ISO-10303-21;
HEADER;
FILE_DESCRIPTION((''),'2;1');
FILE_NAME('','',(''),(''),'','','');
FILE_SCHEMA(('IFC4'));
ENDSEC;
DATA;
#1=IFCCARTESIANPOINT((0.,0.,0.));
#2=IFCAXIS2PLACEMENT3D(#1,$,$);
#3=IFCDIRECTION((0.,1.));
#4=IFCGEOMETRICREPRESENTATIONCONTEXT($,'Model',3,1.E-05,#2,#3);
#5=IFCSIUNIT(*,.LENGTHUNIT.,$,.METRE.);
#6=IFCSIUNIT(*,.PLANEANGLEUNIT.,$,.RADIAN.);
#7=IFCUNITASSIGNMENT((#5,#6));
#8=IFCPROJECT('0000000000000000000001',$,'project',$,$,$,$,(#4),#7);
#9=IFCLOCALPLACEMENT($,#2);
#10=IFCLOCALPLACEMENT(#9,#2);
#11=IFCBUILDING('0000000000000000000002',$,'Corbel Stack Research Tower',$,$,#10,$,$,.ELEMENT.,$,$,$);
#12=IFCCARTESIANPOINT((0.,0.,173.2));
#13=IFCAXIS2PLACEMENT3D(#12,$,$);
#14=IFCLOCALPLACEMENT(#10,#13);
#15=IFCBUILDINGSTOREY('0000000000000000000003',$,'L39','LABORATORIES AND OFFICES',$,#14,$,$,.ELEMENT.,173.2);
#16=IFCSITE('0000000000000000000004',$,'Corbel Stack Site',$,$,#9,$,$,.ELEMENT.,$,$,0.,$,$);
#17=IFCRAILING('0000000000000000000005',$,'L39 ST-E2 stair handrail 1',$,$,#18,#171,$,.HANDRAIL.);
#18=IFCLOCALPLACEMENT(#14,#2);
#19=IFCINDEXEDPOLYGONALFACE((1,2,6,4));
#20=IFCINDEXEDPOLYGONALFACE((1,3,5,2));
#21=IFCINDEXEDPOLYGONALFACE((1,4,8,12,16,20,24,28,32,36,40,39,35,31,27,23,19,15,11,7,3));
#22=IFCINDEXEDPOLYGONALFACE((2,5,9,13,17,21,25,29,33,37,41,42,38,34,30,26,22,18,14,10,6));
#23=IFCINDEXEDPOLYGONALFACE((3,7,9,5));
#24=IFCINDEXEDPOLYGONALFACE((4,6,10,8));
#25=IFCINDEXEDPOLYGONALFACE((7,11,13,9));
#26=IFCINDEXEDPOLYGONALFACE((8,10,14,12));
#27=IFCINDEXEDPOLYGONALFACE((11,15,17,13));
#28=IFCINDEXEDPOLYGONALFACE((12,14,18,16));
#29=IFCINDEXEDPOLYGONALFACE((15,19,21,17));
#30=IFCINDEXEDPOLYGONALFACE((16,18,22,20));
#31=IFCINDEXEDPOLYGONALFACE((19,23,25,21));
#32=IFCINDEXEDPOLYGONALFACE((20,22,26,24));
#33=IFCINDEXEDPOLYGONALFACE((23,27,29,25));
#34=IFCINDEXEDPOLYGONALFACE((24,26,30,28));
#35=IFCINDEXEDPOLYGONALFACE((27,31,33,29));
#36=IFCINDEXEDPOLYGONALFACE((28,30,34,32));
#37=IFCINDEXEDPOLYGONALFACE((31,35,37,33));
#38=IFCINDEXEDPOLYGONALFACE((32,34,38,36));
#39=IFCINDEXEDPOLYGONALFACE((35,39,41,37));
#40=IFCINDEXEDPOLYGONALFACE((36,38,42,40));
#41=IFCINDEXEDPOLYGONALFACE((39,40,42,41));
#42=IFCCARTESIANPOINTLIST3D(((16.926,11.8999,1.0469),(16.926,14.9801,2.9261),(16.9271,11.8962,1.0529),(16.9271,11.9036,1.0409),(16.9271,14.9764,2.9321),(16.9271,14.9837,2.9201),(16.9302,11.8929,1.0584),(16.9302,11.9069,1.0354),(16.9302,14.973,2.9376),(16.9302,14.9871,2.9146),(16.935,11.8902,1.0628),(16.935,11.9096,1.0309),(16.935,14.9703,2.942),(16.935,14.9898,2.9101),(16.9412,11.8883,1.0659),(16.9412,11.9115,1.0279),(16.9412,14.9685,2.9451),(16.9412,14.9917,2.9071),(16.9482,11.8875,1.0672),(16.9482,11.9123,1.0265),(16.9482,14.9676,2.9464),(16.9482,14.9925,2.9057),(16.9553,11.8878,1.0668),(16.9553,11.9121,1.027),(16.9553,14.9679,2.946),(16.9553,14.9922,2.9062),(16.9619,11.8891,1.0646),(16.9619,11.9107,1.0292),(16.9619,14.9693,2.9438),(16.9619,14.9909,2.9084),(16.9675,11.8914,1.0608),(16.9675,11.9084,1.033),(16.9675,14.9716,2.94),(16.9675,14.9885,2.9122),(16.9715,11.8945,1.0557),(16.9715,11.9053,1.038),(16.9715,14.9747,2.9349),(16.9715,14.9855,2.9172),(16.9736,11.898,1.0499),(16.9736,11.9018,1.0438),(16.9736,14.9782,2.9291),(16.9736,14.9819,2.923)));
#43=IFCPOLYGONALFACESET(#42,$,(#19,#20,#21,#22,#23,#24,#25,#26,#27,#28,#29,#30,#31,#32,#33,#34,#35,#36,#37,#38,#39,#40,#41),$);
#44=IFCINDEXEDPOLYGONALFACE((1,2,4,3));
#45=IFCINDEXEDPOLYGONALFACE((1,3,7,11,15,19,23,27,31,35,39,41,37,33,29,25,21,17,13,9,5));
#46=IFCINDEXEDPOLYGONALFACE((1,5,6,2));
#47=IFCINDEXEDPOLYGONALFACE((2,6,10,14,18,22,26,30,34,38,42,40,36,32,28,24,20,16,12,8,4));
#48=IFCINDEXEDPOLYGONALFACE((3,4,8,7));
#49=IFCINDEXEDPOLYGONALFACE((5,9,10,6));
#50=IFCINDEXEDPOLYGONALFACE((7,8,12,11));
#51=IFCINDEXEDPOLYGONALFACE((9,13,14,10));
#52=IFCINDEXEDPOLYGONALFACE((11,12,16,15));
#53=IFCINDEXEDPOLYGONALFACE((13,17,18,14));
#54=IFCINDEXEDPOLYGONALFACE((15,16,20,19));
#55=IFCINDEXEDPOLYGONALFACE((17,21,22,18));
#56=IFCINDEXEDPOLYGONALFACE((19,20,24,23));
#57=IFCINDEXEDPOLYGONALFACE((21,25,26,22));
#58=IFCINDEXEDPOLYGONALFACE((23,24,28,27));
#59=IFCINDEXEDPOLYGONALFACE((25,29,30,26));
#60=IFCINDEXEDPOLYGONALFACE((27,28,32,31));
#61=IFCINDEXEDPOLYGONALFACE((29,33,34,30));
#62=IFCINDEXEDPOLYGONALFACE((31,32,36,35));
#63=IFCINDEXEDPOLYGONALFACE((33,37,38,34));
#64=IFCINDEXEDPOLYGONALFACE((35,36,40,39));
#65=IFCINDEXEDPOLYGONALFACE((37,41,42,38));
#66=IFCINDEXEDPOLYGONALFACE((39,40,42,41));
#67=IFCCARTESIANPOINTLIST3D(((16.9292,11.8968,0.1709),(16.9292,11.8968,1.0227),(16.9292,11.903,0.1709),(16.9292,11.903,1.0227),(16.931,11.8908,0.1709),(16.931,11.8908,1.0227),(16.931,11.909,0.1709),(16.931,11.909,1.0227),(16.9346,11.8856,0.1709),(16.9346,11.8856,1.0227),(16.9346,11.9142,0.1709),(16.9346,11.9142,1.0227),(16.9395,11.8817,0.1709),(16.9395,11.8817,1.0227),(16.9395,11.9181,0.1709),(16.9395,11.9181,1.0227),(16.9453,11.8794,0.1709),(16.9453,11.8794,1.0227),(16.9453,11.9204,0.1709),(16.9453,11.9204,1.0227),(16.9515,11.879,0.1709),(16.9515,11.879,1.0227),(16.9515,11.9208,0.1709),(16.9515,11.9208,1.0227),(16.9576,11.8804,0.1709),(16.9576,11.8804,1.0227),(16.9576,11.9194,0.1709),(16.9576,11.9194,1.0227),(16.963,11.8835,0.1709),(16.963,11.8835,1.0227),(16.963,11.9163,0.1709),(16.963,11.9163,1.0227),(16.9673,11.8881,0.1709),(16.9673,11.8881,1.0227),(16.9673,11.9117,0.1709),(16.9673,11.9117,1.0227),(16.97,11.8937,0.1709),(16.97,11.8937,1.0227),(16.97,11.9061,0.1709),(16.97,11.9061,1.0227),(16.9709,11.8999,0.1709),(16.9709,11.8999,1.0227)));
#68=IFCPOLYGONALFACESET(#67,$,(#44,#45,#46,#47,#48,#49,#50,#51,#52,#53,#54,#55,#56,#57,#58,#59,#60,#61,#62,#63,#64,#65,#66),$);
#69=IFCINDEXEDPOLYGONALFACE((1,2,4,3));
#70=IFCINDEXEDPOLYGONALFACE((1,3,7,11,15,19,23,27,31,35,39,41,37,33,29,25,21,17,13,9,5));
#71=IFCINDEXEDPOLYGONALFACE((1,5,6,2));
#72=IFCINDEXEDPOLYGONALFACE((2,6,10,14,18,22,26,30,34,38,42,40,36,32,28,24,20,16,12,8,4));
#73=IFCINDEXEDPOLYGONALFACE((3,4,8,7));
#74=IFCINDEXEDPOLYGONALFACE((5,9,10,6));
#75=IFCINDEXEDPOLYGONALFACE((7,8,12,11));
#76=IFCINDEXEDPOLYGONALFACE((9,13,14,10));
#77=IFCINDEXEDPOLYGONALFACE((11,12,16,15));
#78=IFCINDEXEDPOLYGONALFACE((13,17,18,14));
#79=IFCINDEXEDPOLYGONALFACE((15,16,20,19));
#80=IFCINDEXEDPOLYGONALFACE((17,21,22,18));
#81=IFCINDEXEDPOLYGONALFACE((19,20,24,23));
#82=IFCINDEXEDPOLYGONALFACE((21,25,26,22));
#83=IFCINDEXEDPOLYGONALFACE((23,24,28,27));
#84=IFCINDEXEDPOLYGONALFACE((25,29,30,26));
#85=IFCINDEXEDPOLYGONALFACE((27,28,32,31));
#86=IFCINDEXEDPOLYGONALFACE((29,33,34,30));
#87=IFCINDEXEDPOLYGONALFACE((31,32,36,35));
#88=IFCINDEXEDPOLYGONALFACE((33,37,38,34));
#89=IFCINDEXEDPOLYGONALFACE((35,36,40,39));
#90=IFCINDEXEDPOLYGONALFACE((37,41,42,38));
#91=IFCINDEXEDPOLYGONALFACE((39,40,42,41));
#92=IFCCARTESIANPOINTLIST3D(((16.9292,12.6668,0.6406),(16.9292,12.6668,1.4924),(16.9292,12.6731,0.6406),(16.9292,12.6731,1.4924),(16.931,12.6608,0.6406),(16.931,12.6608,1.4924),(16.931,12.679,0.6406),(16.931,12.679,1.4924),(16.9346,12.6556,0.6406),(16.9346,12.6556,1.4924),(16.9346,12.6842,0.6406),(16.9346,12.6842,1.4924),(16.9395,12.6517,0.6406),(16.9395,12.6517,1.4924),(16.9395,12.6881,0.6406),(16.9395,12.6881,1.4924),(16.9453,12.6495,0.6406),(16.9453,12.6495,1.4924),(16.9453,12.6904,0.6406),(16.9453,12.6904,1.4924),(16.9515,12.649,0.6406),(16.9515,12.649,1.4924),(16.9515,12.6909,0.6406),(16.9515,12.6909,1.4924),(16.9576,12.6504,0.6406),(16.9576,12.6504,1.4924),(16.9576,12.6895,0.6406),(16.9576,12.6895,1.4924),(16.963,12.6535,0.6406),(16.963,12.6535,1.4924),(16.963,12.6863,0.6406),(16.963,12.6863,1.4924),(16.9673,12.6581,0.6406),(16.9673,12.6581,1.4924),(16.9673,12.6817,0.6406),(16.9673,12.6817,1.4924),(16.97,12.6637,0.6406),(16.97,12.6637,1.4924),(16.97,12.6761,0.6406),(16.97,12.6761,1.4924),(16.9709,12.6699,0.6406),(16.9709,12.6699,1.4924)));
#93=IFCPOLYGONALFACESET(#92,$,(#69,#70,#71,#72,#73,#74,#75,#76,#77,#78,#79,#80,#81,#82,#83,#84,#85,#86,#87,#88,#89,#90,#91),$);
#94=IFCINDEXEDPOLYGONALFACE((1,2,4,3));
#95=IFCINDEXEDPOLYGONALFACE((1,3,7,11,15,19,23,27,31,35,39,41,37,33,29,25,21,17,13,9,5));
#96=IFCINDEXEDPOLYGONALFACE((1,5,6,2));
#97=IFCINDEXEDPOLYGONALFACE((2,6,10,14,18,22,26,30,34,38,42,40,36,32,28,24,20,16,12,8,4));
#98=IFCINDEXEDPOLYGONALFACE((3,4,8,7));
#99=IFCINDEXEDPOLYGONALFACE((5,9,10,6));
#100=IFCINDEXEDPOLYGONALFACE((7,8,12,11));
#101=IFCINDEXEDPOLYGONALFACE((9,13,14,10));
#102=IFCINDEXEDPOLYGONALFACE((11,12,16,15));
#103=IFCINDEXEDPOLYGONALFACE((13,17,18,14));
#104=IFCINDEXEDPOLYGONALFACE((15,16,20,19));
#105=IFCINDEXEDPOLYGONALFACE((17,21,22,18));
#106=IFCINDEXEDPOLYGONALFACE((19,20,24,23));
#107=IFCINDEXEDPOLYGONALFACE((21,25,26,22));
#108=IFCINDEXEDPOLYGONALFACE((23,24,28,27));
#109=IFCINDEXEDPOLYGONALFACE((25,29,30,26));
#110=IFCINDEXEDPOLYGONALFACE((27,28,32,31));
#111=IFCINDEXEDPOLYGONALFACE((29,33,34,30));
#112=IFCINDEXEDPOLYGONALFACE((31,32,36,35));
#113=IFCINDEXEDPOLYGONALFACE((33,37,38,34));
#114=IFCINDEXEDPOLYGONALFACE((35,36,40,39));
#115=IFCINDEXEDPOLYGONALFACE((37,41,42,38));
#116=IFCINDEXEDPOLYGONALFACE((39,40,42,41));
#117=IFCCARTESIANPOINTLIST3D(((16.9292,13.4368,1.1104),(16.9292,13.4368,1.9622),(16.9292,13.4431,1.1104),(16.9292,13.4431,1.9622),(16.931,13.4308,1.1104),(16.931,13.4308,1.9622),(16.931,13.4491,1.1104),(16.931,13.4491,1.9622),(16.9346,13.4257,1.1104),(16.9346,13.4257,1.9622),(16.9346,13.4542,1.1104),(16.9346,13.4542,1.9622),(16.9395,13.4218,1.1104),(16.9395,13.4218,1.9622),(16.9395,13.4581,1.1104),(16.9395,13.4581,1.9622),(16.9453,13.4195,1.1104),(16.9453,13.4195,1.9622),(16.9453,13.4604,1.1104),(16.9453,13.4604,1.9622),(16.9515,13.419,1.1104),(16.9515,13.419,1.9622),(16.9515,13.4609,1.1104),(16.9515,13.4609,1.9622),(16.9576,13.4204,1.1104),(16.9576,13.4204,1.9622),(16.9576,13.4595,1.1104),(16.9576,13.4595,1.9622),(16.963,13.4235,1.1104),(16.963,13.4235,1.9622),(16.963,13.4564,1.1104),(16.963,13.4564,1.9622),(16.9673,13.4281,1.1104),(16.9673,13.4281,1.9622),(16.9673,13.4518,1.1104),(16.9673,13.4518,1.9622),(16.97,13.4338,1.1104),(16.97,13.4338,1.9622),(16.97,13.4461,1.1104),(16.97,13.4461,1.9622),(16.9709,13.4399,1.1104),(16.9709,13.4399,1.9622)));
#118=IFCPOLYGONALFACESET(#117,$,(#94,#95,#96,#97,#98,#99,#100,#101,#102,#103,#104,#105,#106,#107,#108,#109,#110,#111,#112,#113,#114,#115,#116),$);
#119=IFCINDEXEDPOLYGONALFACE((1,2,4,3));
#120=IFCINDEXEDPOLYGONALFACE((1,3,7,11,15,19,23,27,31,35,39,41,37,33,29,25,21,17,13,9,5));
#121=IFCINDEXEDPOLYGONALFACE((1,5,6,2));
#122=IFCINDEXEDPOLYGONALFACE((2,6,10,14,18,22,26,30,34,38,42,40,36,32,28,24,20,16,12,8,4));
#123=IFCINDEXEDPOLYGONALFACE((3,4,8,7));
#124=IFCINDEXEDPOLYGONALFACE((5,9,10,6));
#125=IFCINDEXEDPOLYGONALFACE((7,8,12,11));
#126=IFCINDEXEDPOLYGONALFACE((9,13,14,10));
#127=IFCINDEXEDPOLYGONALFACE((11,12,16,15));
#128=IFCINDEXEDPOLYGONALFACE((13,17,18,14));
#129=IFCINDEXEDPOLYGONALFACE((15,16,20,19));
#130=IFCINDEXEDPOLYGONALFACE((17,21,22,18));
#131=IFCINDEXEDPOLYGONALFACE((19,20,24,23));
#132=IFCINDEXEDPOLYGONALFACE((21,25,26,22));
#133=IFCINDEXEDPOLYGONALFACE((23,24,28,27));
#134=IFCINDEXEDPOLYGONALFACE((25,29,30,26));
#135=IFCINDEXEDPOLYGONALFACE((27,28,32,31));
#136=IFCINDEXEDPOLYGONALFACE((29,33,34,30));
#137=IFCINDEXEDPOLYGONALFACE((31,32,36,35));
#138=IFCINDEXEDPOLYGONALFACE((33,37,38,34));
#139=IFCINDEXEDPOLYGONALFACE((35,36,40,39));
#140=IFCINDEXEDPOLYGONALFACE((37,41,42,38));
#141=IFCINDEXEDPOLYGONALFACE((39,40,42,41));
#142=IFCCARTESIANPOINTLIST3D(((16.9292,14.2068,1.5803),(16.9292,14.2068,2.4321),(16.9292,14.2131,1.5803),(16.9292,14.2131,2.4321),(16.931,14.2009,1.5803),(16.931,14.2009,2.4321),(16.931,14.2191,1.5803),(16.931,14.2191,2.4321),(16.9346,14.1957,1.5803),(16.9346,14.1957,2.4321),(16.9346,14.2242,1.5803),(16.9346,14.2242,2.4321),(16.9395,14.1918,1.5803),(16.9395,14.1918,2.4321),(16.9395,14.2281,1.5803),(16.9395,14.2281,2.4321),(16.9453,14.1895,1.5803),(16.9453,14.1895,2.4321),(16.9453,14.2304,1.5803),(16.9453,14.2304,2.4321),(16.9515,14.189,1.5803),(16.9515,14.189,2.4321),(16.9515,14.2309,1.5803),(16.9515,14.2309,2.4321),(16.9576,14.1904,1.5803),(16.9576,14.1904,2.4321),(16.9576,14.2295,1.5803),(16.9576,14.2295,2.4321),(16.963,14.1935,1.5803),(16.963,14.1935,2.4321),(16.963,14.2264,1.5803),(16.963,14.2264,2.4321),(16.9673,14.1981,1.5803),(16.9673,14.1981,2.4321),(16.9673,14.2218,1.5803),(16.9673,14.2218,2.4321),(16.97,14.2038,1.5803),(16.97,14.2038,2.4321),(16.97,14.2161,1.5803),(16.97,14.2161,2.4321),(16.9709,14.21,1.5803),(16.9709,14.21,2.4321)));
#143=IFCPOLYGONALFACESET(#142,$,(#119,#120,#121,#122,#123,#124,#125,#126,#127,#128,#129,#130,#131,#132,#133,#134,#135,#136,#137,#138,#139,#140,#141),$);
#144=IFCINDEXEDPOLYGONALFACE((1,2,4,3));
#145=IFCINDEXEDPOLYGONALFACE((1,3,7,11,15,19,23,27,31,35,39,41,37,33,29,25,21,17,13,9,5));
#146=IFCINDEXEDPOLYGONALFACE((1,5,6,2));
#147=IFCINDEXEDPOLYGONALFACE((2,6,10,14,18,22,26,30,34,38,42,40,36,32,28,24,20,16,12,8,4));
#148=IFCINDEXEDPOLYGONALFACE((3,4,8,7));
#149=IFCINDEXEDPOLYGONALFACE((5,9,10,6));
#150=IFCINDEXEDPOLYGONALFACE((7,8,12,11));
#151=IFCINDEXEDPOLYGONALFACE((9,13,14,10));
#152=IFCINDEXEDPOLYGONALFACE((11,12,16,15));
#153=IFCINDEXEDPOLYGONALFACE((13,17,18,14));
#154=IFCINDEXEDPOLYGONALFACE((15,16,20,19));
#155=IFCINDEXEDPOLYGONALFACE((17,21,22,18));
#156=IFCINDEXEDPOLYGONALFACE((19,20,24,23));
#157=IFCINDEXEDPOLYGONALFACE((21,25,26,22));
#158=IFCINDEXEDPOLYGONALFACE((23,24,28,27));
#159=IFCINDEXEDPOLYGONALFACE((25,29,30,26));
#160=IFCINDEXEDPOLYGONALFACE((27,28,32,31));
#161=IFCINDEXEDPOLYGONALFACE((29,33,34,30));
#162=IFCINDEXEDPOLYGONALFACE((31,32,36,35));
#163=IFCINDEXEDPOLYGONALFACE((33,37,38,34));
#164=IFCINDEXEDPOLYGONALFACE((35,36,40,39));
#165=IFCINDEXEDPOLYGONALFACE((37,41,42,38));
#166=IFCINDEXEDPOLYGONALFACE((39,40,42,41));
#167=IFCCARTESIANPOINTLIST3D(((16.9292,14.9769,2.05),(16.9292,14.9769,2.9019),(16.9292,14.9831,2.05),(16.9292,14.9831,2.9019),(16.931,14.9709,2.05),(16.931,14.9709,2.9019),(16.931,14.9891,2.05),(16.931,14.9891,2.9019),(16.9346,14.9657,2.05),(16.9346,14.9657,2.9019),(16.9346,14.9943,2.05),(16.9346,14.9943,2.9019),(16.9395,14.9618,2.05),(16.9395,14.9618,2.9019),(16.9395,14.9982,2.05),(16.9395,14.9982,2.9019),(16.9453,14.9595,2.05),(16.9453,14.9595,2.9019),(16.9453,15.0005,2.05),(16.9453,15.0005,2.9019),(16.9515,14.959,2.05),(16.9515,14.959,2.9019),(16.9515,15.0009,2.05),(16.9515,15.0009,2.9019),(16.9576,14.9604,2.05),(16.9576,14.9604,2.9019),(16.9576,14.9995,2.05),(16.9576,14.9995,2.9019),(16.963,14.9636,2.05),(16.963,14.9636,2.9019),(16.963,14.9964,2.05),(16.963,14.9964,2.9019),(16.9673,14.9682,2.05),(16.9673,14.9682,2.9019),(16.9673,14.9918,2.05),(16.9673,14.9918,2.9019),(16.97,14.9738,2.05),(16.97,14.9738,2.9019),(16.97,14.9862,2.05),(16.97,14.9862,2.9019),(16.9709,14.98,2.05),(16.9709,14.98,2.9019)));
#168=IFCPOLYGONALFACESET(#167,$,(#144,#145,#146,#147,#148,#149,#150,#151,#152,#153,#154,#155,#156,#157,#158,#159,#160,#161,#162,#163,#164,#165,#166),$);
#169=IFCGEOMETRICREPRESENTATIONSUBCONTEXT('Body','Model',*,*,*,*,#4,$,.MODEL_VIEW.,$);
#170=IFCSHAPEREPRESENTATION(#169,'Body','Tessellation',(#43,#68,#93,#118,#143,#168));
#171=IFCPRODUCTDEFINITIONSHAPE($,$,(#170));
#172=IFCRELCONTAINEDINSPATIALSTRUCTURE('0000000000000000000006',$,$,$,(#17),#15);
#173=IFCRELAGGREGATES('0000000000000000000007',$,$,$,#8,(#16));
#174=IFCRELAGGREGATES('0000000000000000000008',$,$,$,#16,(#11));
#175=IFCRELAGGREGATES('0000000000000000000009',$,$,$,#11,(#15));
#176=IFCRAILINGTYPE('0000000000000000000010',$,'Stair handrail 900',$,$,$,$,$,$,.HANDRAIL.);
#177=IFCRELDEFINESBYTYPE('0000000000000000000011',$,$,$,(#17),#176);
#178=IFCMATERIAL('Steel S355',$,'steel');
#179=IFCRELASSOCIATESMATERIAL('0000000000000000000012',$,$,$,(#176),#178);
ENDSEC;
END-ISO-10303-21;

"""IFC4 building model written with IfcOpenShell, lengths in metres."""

from ifc_helpers import new_model, si_unit, direction, frame, origin, origin_2d, place, context, subcontext, project, spatial, circle, extrude, material, type_object, element, save


model = new_model("IFC4")

# Units and contexts
model_context = context("Model", 3, precision=1e-05, world=origin(), true_north=direction((0.0, 1.0)))
body_context = subcontext(model_context, "Body", "Model", "MODEL_VIEW")
ifc_project = project(units=[si_unit("LENGTHUNIT", "METRE"), si_unit("PLANEANGLEUNIT", "RADIAN")], contexts=[model_context])

# Site, building, storey
site_placement = place(None, origin())
site = spatial("IfcSite", under=ifc_project, at=site_placement, Name="Corbel Stack Site", CompositionType="ELEMENT", RefElevation=0.0)
building_placement = place(site_placement, origin())
building = spatial("IfcBuilding", under=site, at=building_placement, Name="Corbel Stack Research Tower", CompositionType="ELEMENT")
storey_placement = place(building_placement, frame((0.0, 0.0, 173.2)))
storey = spatial("IfcBuildingStorey", under=building, at=storey_placement, Name="L39", Description="LABORATORIES AND OFFICES", CompositionType="ELEMENT", Elevation=173.2)

# Railing
ifc_material_1 = material(Name="Steel S355", Category="steel")
railing_type_1 = type_object("IfcRailingType", Name="Stair handrail 900", PredefinedType="HANDRAIL", material=ifc_material_1)
railing_1_placement = place(storey_placement, frame((16.95, 11.8999, 0.1709)))
element("IfcRailing", 1, at=railing_1_placement, inside=storey, type_object=railing_type_1, Name="L39 ST-E2 stair handrail 1", PredefinedType="HANDRAIL", context=body_context, shape_type="SweptSolid", body=[
    extrude(circle(Radius=0.0239, at=origin_2d()), frame((0.0, 0.0, 0.876), z_axis=(0.0, 0.853666, 0.52082), x_axis=(-1.0, 0.0, 0.0)), (0.0, 0.0, 1.0), 3.6082),
    extrude(circle(Radius=0.021, at=origin_2d()), origin(), (0.0, 0.0, 1.0), 0.8518),
    extrude(circle(Radius=0.021, at=origin_2d()), frame((0.0, 0.77, 0.4697)), (0.0, 0.0, 1.0), 0.8518),
    extrude(circle(Radius=0.021, at=origin_2d()), frame((0.0, 1.54, 0.9395)), (0.0, 0.0, 1.0), 0.8518),
    extrude(circle(Radius=0.021, at=origin_2d()), frame((0.0, 2.3101, 1.4094)), (0.0, 0.0, 1.0), 0.8518),
    extrude(circle(Radius=0.021, at=origin_2d()), frame((0.0, 3.0801, 1.8792)), (0.0, 0.0, 1.0), 0.8518),
])

save(model, "model.ifc")
